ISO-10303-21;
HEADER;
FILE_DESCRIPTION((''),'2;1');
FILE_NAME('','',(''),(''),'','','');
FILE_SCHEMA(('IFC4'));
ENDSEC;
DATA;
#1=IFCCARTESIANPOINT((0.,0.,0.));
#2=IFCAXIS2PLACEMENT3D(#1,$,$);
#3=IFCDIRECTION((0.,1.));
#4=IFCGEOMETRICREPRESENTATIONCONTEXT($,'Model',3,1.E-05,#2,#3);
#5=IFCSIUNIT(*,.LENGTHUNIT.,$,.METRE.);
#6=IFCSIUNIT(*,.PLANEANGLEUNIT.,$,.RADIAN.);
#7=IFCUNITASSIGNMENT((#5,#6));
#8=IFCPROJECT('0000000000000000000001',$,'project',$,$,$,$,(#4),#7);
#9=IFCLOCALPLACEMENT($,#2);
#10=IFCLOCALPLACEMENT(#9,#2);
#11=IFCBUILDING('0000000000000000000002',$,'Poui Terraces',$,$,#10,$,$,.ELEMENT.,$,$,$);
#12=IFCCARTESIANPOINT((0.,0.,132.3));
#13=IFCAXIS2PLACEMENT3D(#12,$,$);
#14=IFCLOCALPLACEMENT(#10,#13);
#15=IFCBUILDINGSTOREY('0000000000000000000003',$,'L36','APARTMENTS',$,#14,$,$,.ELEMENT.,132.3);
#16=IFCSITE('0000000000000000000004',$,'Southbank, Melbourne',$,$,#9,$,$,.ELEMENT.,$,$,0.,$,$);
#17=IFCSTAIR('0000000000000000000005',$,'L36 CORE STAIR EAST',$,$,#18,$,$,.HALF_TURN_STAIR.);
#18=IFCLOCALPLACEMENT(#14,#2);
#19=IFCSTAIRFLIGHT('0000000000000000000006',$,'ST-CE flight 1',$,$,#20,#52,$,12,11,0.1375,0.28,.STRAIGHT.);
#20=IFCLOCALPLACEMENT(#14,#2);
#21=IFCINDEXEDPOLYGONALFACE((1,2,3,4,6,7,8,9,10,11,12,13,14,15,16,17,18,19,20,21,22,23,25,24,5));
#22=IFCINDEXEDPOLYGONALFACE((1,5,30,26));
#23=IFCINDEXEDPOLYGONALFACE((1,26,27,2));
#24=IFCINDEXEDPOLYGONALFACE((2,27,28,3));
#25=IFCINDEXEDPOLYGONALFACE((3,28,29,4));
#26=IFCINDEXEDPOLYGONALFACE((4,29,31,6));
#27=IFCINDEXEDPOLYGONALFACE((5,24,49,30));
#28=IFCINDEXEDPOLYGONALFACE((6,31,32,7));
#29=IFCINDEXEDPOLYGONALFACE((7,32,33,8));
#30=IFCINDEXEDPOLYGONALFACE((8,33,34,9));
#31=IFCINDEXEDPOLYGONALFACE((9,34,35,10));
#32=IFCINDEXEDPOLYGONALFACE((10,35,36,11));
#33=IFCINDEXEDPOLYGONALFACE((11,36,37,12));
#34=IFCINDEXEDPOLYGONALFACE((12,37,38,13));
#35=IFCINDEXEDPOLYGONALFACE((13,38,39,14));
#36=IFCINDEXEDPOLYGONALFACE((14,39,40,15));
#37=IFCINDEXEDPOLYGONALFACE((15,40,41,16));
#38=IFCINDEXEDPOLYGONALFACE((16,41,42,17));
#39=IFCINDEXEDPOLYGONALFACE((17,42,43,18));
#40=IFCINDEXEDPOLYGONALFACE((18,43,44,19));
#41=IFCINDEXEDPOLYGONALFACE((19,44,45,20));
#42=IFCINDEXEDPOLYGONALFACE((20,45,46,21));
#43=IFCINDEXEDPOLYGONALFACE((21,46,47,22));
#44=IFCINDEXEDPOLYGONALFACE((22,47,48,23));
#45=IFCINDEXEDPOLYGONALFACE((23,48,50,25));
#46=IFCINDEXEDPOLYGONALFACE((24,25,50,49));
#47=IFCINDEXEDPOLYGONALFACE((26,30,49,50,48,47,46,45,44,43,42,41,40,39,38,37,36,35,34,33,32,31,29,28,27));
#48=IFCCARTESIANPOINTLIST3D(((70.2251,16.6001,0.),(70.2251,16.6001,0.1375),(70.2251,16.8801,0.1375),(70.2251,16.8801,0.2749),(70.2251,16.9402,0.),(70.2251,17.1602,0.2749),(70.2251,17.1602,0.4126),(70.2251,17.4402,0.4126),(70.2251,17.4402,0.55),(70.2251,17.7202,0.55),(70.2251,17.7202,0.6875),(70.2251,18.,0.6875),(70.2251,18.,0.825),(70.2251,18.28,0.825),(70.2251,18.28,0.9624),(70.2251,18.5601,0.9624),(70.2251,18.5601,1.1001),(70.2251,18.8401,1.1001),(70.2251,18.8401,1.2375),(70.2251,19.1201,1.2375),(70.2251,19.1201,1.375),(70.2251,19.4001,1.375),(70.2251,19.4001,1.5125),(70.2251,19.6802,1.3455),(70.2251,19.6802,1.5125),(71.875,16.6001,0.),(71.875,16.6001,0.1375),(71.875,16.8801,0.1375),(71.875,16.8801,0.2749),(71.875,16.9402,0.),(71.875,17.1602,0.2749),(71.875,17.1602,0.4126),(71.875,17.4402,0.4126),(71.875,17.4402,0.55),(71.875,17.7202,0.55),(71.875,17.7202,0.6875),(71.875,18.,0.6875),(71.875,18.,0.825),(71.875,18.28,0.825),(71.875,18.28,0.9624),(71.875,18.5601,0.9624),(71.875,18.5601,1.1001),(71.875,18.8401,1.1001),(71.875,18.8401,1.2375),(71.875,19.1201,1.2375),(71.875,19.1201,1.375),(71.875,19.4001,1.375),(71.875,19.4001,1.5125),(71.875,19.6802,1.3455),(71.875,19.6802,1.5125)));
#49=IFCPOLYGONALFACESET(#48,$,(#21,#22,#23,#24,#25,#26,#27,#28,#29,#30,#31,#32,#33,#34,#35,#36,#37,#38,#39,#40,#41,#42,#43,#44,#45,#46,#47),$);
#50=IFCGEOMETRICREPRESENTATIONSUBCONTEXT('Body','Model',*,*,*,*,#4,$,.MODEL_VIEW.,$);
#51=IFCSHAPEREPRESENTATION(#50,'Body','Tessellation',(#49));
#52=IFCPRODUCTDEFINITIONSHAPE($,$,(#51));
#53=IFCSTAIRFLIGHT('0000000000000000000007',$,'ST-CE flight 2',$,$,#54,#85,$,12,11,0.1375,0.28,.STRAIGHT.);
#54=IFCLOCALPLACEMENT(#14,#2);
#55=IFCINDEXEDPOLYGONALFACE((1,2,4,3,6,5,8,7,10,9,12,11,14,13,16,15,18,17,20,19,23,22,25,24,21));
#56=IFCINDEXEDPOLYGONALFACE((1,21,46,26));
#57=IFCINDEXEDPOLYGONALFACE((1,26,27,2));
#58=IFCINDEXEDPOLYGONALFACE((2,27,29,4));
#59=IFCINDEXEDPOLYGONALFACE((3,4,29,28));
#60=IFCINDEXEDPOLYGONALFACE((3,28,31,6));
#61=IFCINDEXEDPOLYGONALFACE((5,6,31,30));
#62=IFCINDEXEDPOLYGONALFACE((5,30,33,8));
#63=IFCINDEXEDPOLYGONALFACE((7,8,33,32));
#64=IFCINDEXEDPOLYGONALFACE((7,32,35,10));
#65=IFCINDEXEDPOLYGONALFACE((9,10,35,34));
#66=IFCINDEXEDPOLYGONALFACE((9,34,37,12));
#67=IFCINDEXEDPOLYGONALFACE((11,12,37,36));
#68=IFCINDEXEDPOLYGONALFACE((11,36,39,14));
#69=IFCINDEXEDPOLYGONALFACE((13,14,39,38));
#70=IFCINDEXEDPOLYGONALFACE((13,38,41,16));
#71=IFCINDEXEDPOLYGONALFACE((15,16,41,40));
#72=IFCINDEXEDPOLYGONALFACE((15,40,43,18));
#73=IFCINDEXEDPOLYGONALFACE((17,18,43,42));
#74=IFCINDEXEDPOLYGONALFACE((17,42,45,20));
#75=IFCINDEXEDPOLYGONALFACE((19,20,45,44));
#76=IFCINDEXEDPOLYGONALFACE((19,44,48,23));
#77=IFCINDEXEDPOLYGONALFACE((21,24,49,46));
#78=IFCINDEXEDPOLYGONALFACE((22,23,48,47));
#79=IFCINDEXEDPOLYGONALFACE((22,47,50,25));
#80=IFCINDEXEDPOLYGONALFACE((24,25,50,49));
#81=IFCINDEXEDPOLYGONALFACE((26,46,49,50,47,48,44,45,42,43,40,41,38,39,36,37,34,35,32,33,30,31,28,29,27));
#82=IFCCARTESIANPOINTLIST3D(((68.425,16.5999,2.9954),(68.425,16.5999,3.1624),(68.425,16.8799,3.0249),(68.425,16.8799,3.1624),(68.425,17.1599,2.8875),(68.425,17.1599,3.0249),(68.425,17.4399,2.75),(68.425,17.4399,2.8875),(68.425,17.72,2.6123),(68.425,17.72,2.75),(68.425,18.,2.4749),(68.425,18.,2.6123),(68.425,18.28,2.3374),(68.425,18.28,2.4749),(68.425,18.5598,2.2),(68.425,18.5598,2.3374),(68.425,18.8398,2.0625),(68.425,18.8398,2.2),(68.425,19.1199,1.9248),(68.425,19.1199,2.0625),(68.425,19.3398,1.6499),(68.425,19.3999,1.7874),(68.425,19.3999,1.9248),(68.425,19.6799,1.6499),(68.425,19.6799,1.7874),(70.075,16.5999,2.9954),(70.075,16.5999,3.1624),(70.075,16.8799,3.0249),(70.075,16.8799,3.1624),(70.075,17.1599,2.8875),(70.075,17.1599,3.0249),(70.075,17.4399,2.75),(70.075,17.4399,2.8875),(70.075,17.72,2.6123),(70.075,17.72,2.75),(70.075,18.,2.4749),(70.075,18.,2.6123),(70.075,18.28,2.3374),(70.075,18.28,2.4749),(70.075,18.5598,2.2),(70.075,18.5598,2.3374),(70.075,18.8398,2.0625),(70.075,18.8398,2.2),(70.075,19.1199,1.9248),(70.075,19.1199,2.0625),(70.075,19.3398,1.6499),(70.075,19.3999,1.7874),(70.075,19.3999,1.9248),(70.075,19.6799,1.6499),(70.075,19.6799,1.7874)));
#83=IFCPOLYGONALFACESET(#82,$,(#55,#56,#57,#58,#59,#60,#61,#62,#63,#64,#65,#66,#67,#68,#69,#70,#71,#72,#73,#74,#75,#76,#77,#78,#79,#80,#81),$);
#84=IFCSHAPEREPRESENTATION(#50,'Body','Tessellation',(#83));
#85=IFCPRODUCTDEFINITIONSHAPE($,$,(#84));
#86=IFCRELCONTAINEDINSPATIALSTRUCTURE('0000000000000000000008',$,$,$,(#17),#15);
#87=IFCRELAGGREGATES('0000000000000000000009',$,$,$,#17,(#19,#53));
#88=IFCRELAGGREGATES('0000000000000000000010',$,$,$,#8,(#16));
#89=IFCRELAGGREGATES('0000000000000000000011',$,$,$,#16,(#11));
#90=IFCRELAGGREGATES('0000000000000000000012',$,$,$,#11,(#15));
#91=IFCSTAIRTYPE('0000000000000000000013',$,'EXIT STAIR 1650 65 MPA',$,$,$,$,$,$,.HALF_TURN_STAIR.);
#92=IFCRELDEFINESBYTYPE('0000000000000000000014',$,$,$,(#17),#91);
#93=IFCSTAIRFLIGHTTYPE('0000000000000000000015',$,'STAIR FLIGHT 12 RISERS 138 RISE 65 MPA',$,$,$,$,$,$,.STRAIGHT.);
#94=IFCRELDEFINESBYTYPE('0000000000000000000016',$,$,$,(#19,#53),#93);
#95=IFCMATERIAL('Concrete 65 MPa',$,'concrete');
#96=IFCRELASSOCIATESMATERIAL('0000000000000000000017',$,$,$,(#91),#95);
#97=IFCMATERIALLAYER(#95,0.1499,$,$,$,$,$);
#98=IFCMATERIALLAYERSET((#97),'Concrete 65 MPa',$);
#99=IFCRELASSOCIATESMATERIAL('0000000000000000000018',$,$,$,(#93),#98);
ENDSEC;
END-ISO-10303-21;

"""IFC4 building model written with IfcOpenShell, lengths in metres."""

from ifc_helpers import new_model, si_unit, direction, frame, origin, place, context, subcontext, project, spatial, polyline, outline, extrude, material, layer, layer_set, type_object, element, aggregate, save


model = new_model("IFC4")

# Units and contexts
model_context = context("Model", 3, precision=1e-05, world=origin(), true_north=direction((0.0, 1.0)))
body_context = subcontext(model_context, "Body", "Model", "MODEL_VIEW")
ifc_project = project(units=[si_unit("LENGTHUNIT", "METRE"), si_unit("PLANEANGLEUNIT", "RADIAN")], contexts=[model_context])

# Site, building, storey
site_placement = place(None, origin())
site = spatial("IfcSite", under=ifc_project, at=site_placement, Name="Southbank, Melbourne", CompositionType="ELEMENT", RefElevation=0.0)
building_placement = place(site_placement, origin())
building = spatial("IfcBuilding", under=site, at=building_placement, Name="Poui Terraces", CompositionType="ELEMENT")
storey_placement = place(building_placement, frame((0.0, 0.0, 132.3)))
storey = spatial("IfcBuildingStorey", under=building, at=storey_placement, Name="L36", Description="APARTMENTS", CompositionType="ELEMENT", Elevation=132.3)

# Shared definitions
ifc_material_1 = material(Name="Concrete 65 MPa", Category="concrete")

# Stair, stair flights
stair_type = type_object("IfcStairType", Name="EXIT STAIR 1650 65 MPA", PredefinedType="HALF_TURN_STAIR", material=ifc_material_1)
stair_placement = place(storey_placement, origin())
stair = element("IfcStair", 1, at=stair_placement, inside=storey, type_object=stair_type, Name="L36 CORE STAIR EAST", PredefinedType="HALF_TURN_STAIR")
ifc_layer_1 = layer(ifc_material_1, 0.1499)
ifc_layer_set_1 = layer_set([ifc_layer_1], Name="Concrete 65 MPa")
stair_flight_type = type_object("IfcStairFlightType", Name="STAIR FLIGHT 12 RISERS 138 RISE 65 MPA", PredefinedType="STRAIGHT", material=ifc_layer_set_1)
stair_flight_1_placement = place(storey_placement, frame((71.05, 16.6001, 0.0), z_axis=(0.0, 0.0, 1.0), x_axis=(0.0, 1.0, 0.0)))
stair_flight_1 = element("IfcStairFlight", 2, at=stair_flight_1_placement, type_object=stair_flight_type, Name="ST-CE flight 1", NumberOfRisers=12, NumberOfTreads=11, PredefinedType="STRAIGHT", RiserHeight=0.1375, TreadLength=0.28, context=body_context, shape_type="SweptSolid", body=[
    extrude(outline(polyline([(0.0, 0.0), (0.0, 0.1375), (0.28, 0.1375), (0.28, 0.2749), (0.5601, 0.2749), (0.5601, 0.4126), (0.8401, 0.4126), (0.8401, 0.55), (1.1201, 0.55), (1.1201, 0.6875), (1.3999, 0.6875), (1.3999, 0.825), (1.6799, 0.825), (1.6799, 0.9624), (1.96, 0.9624), (1.96, 1.1001), (2.24, 1.1001), (2.24, 1.2375), (2.52, 1.2375), (2.52, 1.375), (2.8, 1.375), (2.8, 1.5125), (3.0801, 1.5125), (3.0801, 1.6499), (3.0801, 1.3455), (0.3401, 0.0), (0.0, 0.0)])), frame((0.0, 0.825, 0.0), z_axis=(0.0, -1.0, 0.0), x_axis=(1.0, 0.0, 0.0)), (0.0, 0.0, 1.0), 1.6499),
])
stair_flight_2_placement = place(storey_placement, frame((69.25, 19.6799, 1.6499), z_axis=(0.0, 0.0, 1.0), x_axis=(0.0, -1.0, 0.0)))
stair_flight_2 = element("IfcStairFlight", 3, at=stair_flight_2_placement, type_object=stair_flight_type, Name="ST-CE flight 2", NumberOfRisers=12, NumberOfTreads=11, PredefinedType="STRAIGHT", RiserHeight=0.1375, TreadLength=0.28, context=body_context, shape_type="SweptSolid", body=[
    extrude(outline(polyline([(0.0, 0.0), (0.0, 0.1375), (0.28, 0.1375), (0.28, 0.2749), (0.5601, 0.2749), (0.5601, 0.4126), (0.8401, 0.4126), (0.8401, 0.55), (1.1201, 0.55), (1.1201, 0.6875), (1.3999, 0.6875), (1.3999, 0.825), (1.6799, 0.825), (1.6799, 0.9624), (1.96, 0.9624), (1.96, 1.1001), (2.24, 1.1001), (2.24, 1.2375), (2.52, 1.2375), (2.52, 1.375), (2.8, 1.375), (2.8, 1.5125), (3.0801, 1.5125), (3.0801, 1.6499), (3.0801, 1.3455), (0.3401, 0.0), (0.0, 0.0)])), frame((0.0, 0.825, 0.0), z_axis=(0.0, -1.0, 0.0), x_axis=(1.0, 0.0, 0.0)), (0.0, 0.0, 1.0), 1.6499),
])
aggregate(stair, [stair_flight_1, stair_flight_2])

save(model, "model.ifc")
